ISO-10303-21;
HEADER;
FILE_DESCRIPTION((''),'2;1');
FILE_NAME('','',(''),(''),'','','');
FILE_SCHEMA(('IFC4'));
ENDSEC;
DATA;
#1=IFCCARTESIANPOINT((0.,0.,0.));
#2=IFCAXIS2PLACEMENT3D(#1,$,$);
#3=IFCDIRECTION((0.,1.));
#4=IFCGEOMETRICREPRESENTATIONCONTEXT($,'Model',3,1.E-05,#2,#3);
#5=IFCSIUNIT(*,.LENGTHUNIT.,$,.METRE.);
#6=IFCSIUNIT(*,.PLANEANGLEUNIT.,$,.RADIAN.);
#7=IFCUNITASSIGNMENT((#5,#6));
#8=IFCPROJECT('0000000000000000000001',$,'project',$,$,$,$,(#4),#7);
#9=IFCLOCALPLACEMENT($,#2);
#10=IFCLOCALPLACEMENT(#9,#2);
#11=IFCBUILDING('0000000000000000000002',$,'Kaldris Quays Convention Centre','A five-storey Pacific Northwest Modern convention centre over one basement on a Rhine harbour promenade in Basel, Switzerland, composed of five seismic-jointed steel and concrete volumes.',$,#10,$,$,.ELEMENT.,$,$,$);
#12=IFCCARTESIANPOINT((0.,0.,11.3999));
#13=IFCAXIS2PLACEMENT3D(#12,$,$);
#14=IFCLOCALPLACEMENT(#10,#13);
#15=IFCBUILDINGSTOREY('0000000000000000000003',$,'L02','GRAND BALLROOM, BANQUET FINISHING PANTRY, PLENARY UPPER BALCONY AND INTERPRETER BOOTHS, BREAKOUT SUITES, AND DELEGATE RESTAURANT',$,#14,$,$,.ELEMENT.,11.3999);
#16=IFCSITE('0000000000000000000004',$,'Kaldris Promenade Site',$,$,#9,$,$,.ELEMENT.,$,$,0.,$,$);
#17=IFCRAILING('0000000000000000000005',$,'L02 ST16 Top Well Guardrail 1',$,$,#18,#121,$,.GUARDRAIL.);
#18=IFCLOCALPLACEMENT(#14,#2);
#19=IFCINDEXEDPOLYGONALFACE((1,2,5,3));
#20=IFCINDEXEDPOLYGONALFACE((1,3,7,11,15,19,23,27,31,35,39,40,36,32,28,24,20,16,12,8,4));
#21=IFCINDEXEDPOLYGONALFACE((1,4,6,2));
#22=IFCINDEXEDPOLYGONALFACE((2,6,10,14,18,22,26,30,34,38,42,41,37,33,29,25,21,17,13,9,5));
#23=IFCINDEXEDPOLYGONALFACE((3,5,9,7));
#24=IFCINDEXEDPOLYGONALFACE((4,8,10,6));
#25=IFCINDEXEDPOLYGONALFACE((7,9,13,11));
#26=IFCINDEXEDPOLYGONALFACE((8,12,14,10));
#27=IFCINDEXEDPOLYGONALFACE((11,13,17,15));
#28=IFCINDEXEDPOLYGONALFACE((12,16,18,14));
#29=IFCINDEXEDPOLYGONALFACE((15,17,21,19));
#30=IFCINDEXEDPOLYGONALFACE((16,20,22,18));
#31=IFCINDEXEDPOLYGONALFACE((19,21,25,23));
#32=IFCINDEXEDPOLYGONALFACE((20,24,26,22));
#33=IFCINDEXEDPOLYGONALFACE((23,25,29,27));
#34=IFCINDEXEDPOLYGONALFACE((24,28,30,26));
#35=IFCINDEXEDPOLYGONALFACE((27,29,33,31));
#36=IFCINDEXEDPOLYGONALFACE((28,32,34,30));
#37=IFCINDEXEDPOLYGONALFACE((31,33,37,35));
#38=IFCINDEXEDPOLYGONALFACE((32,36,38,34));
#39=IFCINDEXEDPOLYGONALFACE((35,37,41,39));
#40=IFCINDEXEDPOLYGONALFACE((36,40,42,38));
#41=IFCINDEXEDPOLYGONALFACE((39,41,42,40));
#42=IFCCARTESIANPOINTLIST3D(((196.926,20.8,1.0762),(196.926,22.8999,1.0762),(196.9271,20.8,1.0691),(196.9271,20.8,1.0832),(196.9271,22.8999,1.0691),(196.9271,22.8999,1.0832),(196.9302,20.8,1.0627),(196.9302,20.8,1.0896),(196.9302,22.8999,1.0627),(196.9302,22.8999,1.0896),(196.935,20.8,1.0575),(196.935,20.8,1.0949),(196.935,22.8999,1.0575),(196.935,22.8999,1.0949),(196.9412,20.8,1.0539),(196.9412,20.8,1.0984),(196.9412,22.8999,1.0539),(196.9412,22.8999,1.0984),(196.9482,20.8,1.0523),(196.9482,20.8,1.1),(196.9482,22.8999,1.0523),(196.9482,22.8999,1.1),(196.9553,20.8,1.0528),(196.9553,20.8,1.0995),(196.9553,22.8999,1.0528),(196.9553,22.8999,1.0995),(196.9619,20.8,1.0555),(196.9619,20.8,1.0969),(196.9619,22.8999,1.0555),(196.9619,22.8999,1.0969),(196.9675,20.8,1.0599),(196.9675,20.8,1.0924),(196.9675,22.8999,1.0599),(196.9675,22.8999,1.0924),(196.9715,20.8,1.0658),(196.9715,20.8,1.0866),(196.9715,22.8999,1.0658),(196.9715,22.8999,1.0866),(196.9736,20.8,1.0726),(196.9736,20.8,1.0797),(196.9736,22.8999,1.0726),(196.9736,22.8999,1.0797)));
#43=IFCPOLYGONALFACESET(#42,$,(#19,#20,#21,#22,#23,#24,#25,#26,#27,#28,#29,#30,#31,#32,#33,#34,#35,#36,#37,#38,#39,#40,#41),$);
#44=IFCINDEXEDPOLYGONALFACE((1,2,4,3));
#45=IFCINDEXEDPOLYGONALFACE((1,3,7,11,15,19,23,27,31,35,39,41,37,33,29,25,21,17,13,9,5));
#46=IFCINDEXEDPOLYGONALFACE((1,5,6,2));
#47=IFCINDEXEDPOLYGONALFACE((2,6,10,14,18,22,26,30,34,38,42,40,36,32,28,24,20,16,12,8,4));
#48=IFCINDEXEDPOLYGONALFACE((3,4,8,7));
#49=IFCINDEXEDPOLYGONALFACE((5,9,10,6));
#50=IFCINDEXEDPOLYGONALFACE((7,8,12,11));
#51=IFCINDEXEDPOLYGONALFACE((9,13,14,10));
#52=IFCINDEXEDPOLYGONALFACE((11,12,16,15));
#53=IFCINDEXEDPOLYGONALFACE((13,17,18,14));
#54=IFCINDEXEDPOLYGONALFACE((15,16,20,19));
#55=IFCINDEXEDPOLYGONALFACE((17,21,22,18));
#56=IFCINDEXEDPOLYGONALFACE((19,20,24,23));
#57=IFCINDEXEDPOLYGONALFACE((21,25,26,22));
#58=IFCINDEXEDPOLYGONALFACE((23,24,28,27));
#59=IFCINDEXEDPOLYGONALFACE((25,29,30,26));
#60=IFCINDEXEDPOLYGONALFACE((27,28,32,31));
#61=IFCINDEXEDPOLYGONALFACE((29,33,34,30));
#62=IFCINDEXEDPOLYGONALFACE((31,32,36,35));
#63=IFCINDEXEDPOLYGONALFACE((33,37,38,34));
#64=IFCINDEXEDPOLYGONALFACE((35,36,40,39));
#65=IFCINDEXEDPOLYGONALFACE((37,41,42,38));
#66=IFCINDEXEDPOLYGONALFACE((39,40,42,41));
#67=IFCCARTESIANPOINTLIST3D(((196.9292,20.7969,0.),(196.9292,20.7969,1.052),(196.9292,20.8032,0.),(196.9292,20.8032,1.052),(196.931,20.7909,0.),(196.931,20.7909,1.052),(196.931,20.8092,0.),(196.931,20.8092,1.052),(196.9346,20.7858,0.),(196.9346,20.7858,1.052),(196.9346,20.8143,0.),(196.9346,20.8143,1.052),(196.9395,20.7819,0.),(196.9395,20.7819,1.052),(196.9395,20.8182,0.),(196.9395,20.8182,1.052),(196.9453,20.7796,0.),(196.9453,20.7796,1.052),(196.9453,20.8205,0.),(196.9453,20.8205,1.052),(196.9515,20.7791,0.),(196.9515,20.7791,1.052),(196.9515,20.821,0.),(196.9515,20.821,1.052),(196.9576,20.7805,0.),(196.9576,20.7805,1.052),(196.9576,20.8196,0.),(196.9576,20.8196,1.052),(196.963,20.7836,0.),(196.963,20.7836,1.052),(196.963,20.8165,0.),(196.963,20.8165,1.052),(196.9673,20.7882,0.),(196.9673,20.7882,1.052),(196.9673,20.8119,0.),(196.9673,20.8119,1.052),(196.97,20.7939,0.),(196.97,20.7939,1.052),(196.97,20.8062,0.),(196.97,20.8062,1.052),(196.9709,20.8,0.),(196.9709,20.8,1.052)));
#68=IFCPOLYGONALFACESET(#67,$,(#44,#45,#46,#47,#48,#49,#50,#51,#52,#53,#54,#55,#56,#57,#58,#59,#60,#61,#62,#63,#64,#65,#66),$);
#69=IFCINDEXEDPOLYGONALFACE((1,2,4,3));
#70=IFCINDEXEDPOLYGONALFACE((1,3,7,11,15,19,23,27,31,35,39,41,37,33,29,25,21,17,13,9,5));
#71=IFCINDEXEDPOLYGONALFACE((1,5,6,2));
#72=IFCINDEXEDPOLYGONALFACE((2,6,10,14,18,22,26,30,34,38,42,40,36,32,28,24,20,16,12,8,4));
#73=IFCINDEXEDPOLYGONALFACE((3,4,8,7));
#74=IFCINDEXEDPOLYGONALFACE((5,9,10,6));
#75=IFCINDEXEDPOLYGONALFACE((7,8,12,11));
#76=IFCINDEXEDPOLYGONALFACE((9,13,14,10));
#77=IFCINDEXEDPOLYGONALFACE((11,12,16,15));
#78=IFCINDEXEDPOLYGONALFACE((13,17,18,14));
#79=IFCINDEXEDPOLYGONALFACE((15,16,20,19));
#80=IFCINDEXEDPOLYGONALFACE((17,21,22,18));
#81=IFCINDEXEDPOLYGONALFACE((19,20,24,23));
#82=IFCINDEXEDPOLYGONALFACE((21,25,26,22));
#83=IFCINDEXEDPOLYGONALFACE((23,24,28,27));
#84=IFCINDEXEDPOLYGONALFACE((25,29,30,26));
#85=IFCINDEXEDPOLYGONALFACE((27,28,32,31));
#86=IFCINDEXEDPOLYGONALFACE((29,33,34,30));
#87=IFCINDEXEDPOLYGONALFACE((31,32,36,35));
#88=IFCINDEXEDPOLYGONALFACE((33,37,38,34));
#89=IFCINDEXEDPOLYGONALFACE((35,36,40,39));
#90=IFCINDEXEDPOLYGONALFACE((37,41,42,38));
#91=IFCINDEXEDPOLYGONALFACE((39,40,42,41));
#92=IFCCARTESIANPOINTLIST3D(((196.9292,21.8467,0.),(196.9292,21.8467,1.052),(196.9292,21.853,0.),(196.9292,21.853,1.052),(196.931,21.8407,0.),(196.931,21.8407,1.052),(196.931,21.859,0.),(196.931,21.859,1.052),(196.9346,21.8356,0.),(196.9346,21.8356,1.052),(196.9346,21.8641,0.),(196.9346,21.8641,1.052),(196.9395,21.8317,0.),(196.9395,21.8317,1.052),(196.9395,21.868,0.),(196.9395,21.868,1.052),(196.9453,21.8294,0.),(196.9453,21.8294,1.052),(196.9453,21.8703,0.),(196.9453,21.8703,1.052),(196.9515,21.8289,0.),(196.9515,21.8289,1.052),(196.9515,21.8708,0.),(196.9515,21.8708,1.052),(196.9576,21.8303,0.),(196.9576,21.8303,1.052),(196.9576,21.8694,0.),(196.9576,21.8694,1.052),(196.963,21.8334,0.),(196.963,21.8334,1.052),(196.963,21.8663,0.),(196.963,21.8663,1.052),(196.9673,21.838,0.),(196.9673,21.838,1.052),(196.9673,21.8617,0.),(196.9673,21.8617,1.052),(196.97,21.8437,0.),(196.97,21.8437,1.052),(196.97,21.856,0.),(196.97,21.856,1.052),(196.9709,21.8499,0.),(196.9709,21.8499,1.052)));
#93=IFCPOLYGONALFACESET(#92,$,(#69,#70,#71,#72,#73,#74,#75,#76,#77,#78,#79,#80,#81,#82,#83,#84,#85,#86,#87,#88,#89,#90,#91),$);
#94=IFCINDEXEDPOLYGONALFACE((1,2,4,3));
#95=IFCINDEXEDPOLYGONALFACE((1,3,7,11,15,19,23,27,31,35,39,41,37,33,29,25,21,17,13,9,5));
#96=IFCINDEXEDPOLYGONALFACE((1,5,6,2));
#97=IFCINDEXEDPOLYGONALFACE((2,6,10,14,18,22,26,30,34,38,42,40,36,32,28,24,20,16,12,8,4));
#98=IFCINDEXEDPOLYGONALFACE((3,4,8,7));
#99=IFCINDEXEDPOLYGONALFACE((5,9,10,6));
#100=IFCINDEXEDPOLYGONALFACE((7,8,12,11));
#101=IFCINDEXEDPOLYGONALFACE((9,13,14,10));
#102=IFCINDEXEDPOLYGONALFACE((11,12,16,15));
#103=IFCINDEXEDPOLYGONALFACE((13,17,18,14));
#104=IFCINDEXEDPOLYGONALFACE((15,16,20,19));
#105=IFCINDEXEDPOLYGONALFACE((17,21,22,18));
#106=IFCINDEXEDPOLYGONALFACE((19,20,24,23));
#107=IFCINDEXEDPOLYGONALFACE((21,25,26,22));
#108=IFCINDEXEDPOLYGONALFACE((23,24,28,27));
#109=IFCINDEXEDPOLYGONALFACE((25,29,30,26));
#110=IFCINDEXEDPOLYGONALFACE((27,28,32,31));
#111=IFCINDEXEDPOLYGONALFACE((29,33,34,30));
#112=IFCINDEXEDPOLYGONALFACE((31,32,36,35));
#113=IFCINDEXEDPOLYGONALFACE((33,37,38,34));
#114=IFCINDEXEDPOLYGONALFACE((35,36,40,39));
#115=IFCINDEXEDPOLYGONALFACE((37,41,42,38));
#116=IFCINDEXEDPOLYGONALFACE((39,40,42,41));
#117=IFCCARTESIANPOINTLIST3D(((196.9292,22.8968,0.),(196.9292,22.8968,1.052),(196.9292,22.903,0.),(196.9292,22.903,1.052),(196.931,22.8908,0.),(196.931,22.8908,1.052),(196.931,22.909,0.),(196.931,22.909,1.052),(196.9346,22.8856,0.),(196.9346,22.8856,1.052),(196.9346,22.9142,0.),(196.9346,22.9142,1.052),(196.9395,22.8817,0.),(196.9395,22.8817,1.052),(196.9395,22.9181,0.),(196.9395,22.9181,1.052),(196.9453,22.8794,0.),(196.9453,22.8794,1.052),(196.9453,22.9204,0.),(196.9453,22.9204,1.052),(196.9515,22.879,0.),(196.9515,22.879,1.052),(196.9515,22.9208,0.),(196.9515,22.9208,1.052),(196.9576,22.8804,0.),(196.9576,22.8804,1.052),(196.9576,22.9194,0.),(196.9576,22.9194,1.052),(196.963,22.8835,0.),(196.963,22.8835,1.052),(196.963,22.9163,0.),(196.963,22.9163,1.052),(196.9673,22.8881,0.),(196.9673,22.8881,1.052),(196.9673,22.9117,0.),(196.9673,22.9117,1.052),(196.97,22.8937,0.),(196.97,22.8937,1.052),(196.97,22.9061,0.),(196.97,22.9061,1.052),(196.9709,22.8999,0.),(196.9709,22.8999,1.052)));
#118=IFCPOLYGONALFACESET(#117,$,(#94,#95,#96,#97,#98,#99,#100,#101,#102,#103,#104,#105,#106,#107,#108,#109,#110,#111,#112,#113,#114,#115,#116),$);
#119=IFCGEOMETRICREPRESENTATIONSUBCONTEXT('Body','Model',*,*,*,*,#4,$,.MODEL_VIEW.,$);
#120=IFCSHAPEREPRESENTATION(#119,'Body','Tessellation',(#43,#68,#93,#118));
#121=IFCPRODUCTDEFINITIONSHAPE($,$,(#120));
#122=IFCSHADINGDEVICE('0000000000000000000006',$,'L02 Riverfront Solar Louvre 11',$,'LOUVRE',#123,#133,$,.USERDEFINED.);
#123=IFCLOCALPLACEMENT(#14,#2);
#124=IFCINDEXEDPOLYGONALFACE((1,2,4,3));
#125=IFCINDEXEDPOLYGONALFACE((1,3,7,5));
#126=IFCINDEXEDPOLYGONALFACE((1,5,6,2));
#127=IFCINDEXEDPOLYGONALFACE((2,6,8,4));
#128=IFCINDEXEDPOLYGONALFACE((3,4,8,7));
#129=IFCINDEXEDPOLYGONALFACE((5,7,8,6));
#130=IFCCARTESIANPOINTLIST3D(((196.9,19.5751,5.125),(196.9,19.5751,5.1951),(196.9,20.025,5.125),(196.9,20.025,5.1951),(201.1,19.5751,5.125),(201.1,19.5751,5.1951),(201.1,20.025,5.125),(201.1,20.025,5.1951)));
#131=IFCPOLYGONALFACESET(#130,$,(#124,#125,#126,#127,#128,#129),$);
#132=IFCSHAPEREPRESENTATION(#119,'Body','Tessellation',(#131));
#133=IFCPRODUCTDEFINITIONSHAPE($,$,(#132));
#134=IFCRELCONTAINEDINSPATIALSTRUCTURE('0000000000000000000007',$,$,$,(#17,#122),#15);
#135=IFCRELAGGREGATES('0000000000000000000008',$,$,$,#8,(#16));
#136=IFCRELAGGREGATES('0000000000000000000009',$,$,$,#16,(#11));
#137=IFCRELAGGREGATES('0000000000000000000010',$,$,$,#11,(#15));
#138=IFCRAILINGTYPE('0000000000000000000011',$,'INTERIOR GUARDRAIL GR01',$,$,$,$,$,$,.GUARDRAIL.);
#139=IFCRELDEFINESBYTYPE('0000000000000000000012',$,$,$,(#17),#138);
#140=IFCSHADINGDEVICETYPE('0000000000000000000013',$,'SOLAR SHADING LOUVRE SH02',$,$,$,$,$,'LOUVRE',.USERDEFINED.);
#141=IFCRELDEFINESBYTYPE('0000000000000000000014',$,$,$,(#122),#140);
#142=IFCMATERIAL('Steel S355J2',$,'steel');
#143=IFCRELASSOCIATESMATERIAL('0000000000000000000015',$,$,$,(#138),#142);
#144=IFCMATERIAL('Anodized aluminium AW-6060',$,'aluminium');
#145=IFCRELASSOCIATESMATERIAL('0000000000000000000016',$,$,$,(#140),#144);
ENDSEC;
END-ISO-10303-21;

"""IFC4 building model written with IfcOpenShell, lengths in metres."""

from ifc_helpers import new_model, si_unit, direction, frame, origin, origin_2d, place, context, subcontext, project, spatial, rectangle, circle, extrude, material, type_object, element, save


model = new_model("IFC4")

# Units and contexts
model_context = context("Model", 3, precision=1e-05, world=origin(), true_north=direction((0.0, 1.0)))
body_context = subcontext(model_context, "Body", "Model", "MODEL_VIEW")
ifc_project = project(units=[si_unit("LENGTHUNIT", "METRE"), si_unit("PLANEANGLEUNIT", "RADIAN")], contexts=[model_context])

# Site, building, storey
site_placement = place(None, origin())
site = spatial("IfcSite", under=ifc_project, at=site_placement, Name="Kaldris Promenade Site", CompositionType="ELEMENT", RefElevation=0.0)
building_placement = place(site_placement, origin())
building = spatial("IfcBuilding", under=site, at=building_placement, Name="Kaldris Quays Convention Centre", Description="A five-storey Pacific Northwest Modern convention centre over one basement on a Rhine harbour promenade in Basel, Switzerland, composed of five seismic-jointed steel and concrete volumes.", CompositionType="ELEMENT")
storey_placement = place(building_placement, frame((0.0, 0.0, 11.3999)))
storey = spatial("IfcBuildingStorey", under=building, at=storey_placement, Name="L02", Description="GRAND BALLROOM, BANQUET FINISHING PANTRY, PLENARY UPPER BALCONY AND INTERPRETER BOOTHS, BREAKOUT SUITES, AND DELEGATE RESTAURANT", CompositionType="ELEMENT", Elevation=11.3999)

# Shared definitions
ifc_material_1 = material(Name="Steel S355J2", Category="steel")

# Shared definitions
ifc_material_2 = material(Name="Anodized aluminium AW-6060", Category="aluminium")

# Railing
railing_type = type_object("IfcRailingType", Name="INTERIOR GUARDRAIL GR01", PredefinedType="GUARDRAIL", material=ifc_material_1)
railing_placement = place(storey_placement, frame((196.95, 20.8, 0.0)))
element("IfcRailing", 1, at=railing_placement, inside=storey, type_object=railing_type, Name="L02 ST16 Top Well Guardrail 1", PredefinedType="GUARDRAIL", context=body_context, shape_type="SweptSolid", body=[
    extrude(circle(Radius=0.0239, at=origin_2d()), frame((0.0, 0.0, 1.0762), z_axis=(0.0, 1.0, 0.0), x_axis=(-1.0, 0.0, 0.0)), (0.0, 0.0, 1.0), 2.0999),
    extrude(circle(Radius=0.021, at=origin_2d()), origin(), (0.0, 0.0, 1.0), 1.052),
    extrude(circle(Radius=0.021, at=origin_2d()), frame((0.0, 1.0498, 0.0)), (0.0, 0.0, 1.0), 1.052),
    extrude(circle(Radius=0.021, at=origin_2d()), frame((0.0, 2.0999, 0.0)), (0.0, 0.0, 1.0), 1.052),
])

# Shading device
shading_device_type = type_object("IfcShadingDeviceType", Name="SOLAR SHADING LOUVRE SH02", ElementType="LOUVRE", PredefinedType="USERDEFINED", material=ifc_material_2)
shading_device_placement = place(storey_placement, frame((199.0, 19.8, 5.125), z_axis=(0.0, 0.0, 1.0), x_axis=(1.0, 0.0, 0.0)))
element("IfcShadingDevice", 2, at=shading_device_placement, inside=storey, type_object=shading_device_type, Name="L02 Riverfront Solar Louvre 11", ObjectType="LOUVRE", PredefinedType="USERDEFINED", context=body_context, shape_type="SweptSolid", body=[
    extrude(rectangle(XDim=4.2, YDim=0.45, at=origin_2d()), origin(), (0.0, 0.0, 1.0), 0.0701),
])

save(model, "model.ifc")
